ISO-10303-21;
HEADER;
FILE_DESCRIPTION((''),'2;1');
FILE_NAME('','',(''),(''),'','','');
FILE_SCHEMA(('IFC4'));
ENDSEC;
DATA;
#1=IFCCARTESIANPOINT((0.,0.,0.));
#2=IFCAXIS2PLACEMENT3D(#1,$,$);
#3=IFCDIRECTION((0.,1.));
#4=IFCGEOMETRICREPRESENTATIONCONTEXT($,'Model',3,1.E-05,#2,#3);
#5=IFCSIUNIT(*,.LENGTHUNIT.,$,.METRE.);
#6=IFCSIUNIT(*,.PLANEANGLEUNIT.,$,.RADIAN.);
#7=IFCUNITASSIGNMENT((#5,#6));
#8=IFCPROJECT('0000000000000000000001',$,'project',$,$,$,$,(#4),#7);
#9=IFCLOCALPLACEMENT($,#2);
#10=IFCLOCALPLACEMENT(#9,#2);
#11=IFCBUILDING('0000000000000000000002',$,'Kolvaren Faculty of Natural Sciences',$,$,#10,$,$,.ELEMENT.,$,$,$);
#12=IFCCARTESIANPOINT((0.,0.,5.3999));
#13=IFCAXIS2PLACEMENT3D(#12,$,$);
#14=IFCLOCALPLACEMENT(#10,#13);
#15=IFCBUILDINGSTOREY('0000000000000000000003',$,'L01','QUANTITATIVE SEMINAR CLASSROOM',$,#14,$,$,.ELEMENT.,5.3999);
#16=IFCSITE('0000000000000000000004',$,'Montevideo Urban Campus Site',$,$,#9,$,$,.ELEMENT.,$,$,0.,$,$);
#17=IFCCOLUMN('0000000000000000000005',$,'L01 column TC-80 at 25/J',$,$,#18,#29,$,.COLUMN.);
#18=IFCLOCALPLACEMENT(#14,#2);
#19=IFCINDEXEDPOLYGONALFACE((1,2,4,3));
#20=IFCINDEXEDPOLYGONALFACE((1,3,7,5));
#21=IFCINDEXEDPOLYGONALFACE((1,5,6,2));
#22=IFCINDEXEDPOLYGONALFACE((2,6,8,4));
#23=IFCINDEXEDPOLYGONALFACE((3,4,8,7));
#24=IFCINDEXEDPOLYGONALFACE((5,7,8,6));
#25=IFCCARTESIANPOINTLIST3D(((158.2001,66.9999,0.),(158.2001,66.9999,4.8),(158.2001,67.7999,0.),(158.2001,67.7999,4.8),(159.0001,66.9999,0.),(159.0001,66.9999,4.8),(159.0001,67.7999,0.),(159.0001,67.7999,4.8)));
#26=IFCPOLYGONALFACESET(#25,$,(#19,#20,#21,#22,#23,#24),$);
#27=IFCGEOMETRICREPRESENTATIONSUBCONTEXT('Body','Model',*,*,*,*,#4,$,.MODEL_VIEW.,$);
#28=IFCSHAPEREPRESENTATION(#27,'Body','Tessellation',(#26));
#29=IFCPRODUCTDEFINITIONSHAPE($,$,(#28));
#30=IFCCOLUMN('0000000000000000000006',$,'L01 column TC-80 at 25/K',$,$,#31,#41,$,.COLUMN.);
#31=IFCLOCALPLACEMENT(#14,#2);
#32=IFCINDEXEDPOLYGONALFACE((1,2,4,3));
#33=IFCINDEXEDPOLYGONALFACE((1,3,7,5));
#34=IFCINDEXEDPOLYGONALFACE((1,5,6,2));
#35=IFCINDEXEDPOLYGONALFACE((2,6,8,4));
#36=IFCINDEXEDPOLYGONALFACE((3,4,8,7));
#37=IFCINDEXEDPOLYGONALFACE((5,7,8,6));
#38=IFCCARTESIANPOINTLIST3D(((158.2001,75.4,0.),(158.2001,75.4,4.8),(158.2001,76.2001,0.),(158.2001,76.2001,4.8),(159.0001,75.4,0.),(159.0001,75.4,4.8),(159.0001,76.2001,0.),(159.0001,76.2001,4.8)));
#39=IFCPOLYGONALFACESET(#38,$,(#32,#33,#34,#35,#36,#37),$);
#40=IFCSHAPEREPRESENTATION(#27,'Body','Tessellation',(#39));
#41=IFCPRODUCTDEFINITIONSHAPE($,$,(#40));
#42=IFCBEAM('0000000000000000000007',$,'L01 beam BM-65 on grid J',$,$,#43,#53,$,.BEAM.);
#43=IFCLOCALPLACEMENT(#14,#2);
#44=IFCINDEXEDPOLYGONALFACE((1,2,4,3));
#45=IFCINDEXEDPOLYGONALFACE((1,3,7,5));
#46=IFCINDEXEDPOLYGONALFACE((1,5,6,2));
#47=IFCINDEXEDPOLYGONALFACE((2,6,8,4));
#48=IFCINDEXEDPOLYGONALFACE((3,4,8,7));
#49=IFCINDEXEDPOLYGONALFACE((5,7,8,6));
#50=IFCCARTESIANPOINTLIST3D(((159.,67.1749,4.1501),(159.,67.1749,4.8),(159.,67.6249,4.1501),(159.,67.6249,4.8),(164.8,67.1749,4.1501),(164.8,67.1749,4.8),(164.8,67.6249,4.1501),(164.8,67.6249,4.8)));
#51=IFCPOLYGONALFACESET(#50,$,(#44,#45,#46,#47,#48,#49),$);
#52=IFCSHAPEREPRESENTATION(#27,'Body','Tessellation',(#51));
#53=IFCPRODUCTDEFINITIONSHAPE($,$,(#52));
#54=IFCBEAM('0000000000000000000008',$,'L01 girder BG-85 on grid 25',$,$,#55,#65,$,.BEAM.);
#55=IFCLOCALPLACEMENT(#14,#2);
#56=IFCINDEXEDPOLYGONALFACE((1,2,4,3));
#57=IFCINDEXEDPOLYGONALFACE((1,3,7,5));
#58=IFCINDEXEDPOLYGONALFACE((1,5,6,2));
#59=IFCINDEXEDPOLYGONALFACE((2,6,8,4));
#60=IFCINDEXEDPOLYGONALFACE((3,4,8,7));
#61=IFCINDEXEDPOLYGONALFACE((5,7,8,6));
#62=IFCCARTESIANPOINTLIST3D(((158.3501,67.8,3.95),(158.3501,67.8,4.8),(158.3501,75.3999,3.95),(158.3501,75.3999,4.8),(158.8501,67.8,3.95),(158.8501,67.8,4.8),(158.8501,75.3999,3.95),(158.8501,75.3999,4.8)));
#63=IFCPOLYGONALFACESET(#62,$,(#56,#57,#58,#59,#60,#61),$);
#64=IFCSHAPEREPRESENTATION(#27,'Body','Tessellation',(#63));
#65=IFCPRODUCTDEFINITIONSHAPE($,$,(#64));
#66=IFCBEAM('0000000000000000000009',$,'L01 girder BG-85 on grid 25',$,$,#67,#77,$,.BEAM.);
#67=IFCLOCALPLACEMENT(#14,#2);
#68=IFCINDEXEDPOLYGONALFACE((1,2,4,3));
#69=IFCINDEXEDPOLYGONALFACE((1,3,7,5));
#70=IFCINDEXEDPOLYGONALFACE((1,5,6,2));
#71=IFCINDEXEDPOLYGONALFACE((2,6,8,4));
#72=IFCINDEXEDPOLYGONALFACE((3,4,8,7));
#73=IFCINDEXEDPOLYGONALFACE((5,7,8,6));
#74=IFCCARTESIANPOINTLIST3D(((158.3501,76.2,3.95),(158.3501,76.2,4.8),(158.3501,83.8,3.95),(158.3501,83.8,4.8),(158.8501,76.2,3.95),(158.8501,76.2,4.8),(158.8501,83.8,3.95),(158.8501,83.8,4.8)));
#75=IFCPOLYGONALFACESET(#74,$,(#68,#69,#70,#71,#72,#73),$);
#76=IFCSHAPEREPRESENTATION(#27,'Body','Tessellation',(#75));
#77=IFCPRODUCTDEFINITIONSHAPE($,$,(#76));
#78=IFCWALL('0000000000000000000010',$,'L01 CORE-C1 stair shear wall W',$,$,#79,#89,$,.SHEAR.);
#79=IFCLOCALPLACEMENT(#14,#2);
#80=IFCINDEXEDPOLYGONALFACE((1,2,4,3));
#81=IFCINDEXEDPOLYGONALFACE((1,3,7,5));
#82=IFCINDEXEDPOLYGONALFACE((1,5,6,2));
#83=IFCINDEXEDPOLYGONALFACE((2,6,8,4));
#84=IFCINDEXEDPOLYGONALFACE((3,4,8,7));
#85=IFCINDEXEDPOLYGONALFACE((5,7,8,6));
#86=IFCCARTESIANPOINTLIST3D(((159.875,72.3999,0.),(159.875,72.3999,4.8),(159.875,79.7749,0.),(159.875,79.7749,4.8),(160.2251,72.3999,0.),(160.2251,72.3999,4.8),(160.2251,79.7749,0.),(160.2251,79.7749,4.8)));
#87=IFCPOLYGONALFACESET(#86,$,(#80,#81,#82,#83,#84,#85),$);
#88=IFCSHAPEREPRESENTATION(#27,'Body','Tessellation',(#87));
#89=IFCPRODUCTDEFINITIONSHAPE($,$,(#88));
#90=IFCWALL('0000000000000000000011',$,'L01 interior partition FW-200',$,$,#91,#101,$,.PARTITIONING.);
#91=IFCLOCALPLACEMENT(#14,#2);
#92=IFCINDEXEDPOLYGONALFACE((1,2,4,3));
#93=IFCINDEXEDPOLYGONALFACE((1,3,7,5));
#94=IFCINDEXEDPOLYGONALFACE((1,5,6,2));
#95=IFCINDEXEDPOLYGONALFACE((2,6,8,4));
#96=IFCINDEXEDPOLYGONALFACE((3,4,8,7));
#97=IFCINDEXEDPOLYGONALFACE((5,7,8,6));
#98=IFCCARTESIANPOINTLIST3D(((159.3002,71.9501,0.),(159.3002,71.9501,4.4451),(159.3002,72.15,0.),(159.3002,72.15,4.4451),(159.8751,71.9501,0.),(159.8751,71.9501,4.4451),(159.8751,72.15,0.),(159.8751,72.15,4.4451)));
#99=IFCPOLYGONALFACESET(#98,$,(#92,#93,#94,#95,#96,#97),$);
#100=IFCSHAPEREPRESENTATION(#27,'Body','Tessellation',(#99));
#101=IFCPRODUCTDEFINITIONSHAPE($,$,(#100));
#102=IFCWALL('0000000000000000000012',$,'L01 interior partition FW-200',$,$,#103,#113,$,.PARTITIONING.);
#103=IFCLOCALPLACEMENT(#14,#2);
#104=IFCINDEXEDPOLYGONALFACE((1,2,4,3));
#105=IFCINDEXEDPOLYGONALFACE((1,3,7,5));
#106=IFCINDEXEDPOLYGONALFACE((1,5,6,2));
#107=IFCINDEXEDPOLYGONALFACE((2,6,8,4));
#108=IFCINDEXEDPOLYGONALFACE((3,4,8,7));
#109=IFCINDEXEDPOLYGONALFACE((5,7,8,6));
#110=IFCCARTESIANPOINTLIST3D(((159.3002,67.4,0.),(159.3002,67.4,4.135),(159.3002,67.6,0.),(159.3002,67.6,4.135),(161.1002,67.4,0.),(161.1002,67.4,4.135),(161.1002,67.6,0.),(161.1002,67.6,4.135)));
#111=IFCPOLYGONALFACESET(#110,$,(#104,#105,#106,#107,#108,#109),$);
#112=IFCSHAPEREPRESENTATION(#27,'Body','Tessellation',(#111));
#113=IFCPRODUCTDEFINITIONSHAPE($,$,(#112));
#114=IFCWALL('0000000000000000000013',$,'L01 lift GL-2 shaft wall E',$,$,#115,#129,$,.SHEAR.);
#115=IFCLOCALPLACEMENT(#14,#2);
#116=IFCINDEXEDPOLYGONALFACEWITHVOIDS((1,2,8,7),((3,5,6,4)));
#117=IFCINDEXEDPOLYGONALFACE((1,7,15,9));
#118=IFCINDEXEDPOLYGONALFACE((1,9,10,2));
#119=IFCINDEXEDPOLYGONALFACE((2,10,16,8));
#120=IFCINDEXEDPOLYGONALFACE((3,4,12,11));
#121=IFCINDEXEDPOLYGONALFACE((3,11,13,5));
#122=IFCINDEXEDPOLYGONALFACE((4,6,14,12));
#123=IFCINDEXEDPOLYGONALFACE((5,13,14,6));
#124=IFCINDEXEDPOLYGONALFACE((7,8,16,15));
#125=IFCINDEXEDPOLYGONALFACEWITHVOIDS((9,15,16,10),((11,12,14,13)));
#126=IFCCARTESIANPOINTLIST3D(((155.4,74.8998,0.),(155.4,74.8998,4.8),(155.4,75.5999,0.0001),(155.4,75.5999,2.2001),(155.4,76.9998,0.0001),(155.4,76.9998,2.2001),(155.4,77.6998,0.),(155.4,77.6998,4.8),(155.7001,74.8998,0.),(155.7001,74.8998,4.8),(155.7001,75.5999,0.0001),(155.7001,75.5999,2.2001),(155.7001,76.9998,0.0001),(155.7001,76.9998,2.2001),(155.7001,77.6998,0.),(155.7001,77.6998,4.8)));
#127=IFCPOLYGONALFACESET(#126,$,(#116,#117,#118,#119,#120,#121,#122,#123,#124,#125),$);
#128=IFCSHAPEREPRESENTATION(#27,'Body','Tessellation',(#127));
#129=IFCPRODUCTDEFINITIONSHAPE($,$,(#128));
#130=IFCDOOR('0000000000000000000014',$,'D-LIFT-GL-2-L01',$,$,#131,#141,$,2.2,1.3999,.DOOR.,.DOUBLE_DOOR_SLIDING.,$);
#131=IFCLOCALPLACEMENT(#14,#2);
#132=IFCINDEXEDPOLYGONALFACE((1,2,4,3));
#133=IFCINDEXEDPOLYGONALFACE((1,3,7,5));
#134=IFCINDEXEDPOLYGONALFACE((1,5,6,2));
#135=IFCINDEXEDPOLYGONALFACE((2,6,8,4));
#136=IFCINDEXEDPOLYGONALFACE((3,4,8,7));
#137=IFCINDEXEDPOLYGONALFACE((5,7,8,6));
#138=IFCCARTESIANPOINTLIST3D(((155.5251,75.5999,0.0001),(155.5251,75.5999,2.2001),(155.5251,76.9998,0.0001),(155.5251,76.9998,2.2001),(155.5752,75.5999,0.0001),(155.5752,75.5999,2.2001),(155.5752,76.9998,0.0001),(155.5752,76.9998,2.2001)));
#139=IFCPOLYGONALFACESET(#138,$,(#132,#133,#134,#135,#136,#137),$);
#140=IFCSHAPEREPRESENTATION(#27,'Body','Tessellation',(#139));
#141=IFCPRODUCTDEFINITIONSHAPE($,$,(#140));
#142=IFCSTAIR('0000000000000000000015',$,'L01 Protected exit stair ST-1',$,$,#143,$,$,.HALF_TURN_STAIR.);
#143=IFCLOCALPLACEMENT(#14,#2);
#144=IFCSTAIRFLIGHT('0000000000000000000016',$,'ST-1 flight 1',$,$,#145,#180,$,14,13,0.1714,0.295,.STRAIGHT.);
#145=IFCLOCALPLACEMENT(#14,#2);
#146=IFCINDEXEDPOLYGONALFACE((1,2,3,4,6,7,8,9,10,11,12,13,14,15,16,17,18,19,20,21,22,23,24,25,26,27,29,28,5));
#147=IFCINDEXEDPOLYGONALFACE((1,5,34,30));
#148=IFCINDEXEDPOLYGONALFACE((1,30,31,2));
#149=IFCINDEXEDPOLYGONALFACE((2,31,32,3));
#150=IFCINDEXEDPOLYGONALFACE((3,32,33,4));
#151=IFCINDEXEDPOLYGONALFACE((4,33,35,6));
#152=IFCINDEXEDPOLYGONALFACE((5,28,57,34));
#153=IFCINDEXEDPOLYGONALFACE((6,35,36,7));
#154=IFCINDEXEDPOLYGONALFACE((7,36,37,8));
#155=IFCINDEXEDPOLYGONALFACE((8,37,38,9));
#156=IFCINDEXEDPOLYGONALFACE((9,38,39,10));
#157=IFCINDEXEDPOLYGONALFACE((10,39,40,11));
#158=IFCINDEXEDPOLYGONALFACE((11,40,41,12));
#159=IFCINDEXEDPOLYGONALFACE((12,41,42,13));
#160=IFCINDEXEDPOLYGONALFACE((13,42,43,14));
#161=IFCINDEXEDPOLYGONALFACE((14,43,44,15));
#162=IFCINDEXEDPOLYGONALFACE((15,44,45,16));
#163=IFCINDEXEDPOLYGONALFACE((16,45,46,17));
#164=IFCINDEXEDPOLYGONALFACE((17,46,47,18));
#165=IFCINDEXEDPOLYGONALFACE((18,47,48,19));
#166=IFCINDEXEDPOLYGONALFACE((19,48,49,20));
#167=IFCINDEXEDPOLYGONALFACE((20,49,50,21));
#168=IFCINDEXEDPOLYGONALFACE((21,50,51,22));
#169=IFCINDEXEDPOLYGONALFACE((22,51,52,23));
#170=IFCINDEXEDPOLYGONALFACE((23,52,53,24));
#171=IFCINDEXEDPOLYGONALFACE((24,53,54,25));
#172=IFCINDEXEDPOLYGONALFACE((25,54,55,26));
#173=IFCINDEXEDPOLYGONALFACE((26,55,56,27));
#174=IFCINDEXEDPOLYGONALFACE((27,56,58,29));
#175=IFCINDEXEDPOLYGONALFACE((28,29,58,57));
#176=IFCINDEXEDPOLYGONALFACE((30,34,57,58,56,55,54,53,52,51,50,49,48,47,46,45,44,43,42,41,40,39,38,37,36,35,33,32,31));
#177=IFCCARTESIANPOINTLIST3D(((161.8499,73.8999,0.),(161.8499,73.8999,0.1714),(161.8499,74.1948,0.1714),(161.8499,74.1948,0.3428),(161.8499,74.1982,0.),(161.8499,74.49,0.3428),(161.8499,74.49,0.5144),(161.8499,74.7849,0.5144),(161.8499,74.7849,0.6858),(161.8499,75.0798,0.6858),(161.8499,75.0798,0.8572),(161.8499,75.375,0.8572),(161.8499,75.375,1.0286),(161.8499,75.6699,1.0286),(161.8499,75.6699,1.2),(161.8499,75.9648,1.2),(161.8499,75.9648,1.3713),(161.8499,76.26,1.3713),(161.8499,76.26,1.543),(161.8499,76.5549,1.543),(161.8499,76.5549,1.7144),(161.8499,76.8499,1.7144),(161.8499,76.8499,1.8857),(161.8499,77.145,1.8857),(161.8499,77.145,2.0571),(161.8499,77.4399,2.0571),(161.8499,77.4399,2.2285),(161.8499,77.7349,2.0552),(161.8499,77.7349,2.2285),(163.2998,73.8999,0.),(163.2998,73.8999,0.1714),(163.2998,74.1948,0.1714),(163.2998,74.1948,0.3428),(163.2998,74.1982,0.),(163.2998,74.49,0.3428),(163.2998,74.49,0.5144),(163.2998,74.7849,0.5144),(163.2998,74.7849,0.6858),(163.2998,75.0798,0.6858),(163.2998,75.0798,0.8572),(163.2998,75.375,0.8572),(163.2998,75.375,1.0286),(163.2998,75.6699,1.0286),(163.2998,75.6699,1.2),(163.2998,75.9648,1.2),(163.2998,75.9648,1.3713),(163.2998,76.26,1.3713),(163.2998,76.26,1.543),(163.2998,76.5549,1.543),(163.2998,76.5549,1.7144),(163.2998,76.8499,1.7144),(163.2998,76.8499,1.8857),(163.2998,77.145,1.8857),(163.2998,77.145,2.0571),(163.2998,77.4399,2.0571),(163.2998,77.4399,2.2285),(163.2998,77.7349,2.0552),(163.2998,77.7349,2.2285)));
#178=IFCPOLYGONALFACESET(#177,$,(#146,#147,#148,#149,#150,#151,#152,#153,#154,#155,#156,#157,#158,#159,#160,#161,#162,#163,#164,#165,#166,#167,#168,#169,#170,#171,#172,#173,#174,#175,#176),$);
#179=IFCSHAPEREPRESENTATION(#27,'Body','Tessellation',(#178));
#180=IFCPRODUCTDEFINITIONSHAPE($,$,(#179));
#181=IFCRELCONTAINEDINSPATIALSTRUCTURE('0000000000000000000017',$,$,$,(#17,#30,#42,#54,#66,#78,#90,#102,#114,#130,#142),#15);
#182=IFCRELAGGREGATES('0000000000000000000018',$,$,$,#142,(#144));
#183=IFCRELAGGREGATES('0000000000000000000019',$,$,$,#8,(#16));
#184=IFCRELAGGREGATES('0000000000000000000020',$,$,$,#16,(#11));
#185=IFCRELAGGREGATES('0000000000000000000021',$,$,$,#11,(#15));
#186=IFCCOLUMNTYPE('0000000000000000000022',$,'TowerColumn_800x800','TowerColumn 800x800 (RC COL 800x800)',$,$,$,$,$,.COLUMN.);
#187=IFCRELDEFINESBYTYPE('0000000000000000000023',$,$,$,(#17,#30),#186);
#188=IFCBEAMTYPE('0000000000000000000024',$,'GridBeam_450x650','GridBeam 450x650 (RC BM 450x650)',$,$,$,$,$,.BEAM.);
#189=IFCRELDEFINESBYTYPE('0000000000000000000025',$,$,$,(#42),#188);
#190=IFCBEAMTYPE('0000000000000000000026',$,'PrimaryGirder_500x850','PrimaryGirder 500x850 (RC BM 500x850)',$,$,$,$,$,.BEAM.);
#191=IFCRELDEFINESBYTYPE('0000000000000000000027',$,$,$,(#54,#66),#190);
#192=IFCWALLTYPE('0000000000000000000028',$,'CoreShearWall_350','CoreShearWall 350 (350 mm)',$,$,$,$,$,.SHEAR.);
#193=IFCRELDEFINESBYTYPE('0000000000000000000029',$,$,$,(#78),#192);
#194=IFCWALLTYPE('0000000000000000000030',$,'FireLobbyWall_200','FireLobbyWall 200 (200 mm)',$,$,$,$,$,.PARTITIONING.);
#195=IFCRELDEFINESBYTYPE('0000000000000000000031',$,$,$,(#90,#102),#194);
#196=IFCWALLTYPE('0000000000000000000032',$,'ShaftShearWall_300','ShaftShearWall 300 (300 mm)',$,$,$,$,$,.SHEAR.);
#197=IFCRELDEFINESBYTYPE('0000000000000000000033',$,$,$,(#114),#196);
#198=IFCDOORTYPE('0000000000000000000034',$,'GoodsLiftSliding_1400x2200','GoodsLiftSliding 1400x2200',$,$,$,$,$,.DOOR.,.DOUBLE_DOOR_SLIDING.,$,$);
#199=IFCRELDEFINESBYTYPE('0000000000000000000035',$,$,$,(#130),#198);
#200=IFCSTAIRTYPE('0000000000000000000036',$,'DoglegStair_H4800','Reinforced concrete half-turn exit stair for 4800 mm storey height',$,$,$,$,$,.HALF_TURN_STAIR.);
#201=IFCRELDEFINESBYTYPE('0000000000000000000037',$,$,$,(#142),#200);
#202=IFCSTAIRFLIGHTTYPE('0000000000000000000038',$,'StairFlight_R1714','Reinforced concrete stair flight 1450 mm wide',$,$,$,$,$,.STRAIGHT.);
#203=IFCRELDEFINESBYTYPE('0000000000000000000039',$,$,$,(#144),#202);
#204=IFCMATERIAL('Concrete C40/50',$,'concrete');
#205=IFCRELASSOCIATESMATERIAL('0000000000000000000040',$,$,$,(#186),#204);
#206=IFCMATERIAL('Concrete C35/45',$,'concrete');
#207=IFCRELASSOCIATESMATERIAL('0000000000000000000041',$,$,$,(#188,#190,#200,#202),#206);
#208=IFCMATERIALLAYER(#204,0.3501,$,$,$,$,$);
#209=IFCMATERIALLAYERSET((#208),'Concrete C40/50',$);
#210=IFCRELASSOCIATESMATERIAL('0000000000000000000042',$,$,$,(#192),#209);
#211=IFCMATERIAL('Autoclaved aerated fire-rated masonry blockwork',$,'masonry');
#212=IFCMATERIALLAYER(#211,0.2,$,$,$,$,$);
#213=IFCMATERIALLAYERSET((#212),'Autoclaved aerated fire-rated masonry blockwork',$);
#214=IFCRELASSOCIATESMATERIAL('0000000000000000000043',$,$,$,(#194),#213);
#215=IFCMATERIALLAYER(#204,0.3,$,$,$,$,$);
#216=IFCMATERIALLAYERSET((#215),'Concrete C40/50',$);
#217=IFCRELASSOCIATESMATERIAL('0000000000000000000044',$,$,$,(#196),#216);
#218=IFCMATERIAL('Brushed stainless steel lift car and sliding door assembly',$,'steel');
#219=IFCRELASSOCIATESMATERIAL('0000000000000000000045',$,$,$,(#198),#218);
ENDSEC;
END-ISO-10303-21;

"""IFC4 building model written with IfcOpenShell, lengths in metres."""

from ifc_helpers import new_model, si_unit, direction, frame, frame_2d, origin, origin_2d, place, context, subcontext, project, spatial, polyline, rectangle, outline, extrude, material, layer, layer_set, material_profile, profile_set, type_object, element, fill, aggregate, save


model = new_model("IFC4")

# Units and contexts
model_context = context("Model", 3, precision=1e-05, world=origin(), true_north=direction((0.0, 1.0)))
body_context = subcontext(model_context, "Body", "Model", "MODEL_VIEW")
ifc_project = project(units=[si_unit("LENGTHUNIT", "METRE"), si_unit("PLANEANGLEUNIT", "RADIAN")], contexts=[model_context])

# Site, building, storey
site_placement = place(None, origin())
site = spatial("IfcSite", under=ifc_project, at=site_placement, Name="Montevideo Urban Campus Site", CompositionType="ELEMENT", RefElevation=0.0)
building_placement = place(site_placement, origin())
building = spatial("IfcBuilding", under=site, at=building_placement, Name="Kolvaren Faculty of Natural Sciences", CompositionType="ELEMENT")
storey_placement = place(building_placement, frame((0.0, 0.0, 5.3999)))
storey = spatial("IfcBuildingStorey", under=building, at=storey_placement, Name="L01", Description="QUANTITATIVE SEMINAR CLASSROOM", CompositionType="ELEMENT", Elevation=5.3999)

# Columns
ifc_material_1 = material(Name="Concrete C40/50", Category="concrete")
ifc_material_profile_1 = material_profile(ifc_material_1, rectangle(XDim=0.8, YDim=0.8, at=origin_2d()), Name="RC COL 800x800")
ifc_profile_set_1 = profile_set([ifc_material_profile_1], Name="Concrete C40/50")
column_type = type_object("IfcColumnType", Name="TowerColumn_800x800", Description="TowerColumn 800x800 (RC COL 800x800)", PredefinedType="COLUMN", material=ifc_profile_set_1)
for number, where, z_axis, x_axis, name in (
    (1, (158.6001, 67.3999, 0.0), (0.0, 0.0, 1.0), (1.0, 0.0, 0.0), "L01 column TC-80 at 25/J"),
    (2, (158.6001, 75.8, 0.0), (0.0, 0.0, 1.0), (1.0, 0.0, 0.0), "L01 column TC-80 at 25/K"),
):
    element("IfcColumn", number, at=place(storey_placement, frame(where, z_axis=z_axis, x_axis=x_axis)), inside=storey, type_object=column_type, Name=name, PredefinedType="COLUMN", context=body_context, shape_type="SweptSolid", body=[
        extrude(rectangle(XDim=0.8, YDim=0.8, at=origin_2d()), origin(), (0.0, 0.0, 1.0), 4.8),
    ])

# Beams
ifc_material_2 = material(Name="Concrete C35/45", Category="concrete")
ifc_material_profile_2 = material_profile(ifc_material_2, rectangle(XDim=0.45, YDim=0.6499, at=origin_2d()), Name="RC BM 450x650")
ifc_profile_set_2 = profile_set([ifc_material_profile_2], Name="Concrete C35/45")
beam_type_1 = type_object("IfcBeamType", Name="GridBeam_450x650", Description="GridBeam 450x650 (RC BM 450x650)", PredefinedType="BEAM", material=ifc_profile_set_2)
beam_1_placement = place(storey_placement, frame((159.0, 67.3999, 4.4751), z_axis=(1.0, 0.0, 0.0), x_axis=(0.0, 1.0, 0.0)))
element("IfcBeam", 3, at=beam_1_placement, inside=storey, type_object=beam_type_1, Name="L01 beam BM-65 on grid J", PredefinedType="BEAM", context=body_context, shape_type="SweptSolid", body=[
    extrude(rectangle(XDim=0.45, YDim=0.6499, at=origin_2d()), origin(), (0.0, 0.0, 1.0), 5.8),
])
ifc_material_profile_3 = material_profile(ifc_material_2, rectangle(XDim=0.5, YDim=0.8501, at=origin_2d()), Name="RC BM 500x850")
ifc_profile_set_3 = profile_set([ifc_material_profile_3], Name="Concrete C35/45")
beam_type_2 = type_object("IfcBeamType", Name="PrimaryGirder_500x850", Description="PrimaryGirder 500x850 (RC BM 500x850)", PredefinedType="BEAM", material=ifc_profile_set_3)
beam_2_placement = place(storey_placement, frame((158.6001, 67.8, 4.375), z_axis=(0.0, 1.0, 0.0), x_axis=(-1.0, 0.0, 0.0)))
element("IfcBeam", 4, at=beam_2_placement, inside=storey, type_object=beam_type_2, Name="L01 girder BG-85 on grid 25", PredefinedType="BEAM", context=body_context, shape_type="SweptSolid", body=[
    extrude(rectangle(XDim=0.5, YDim=0.8501, at=origin_2d()), origin(), (0.0, 0.0, 1.0), 7.5999),
])
beam_3_placement = place(storey_placement, frame((158.6001, 76.2, 4.375), z_axis=(0.0, 1.0, 0.0), x_axis=(-1.0, 0.0, 0.0)))
element("IfcBeam", 5, at=beam_3_placement, inside=storey, type_object=beam_type_2, Name="L01 girder BG-85 on grid 25", PredefinedType="BEAM", context=body_context, shape_type="SweptSolid", body=[
    extrude(rectangle(XDim=0.5, YDim=0.8501, at=origin_2d()), origin(), (0.0, 0.0, 1.0), 7.6001),
])

# Shared definitions
ifc_layer_1 = layer(ifc_material_1, 0.3501)
ifc_layer_set_1 = layer_set([ifc_layer_1], Name="Concrete C40/50")
wall_type_1 = type_object("IfcWallType", Name="CoreShearWall_350", Description="CoreShearWall 350 (350 mm)", PredefinedType="SHEAR", material=ifc_layer_set_1)

# Walls
wall_1_placement = place(storey_placement, frame((160.05, 72.3999, 0.0), z_axis=(0.0, 0.0, 1.0), x_axis=(0.0, 1.0, 0.0)))
element("IfcWall", 6, at=wall_1_placement, inside=storey, type_object=wall_type_1, Name="L01 CORE-C1 stair shear wall W", PredefinedType="SHEAR", context=body_context, shape_type="SweptSolid", body=[
    extrude(rectangle(XDim=7.375, YDim=0.3501, at=frame_2d((3.6875, 0.0))), origin(), (0.0, 0.0, 1.0), 4.8),
])
ifc_material_3 = material(Name="Autoclaved aerated fire-rated masonry blockwork", Category="masonry")
ifc_layer_2 = layer(ifc_material_3, 0.2)
ifc_layer_set_2 = layer_set([ifc_layer_2], Name="Autoclaved aerated fire-rated masonry blockwork")
wall_type_2 = type_object("IfcWallType", Name="FireLobbyWall_200", Description="FireLobbyWall 200 (200 mm)", PredefinedType="PARTITIONING", material=ifc_layer_set_2)
wall_2_placement = place(storey_placement, frame((159.3, 72.05, 0.0), z_axis=(0.0, 0.0, 1.0), x_axis=(1.0, 0.0, 0.0)))
element("IfcWall", 7, at=wall_2_placement, inside=storey, type_object=wall_type_2, Name="L01 interior partition FW-200", PredefinedType="PARTITIONING", context=body_context, shape_type="SweptSolid", body=[
    extrude(rectangle(XDim=0.575, YDim=0.2, at=frame_2d((0.2876, 0.0))), origin(), (0.0, 0.0, 1.0), 4.4451),
])
wall_3_placement = place(storey_placement, frame((161.1001, 67.5, 0.0), z_axis=(0.0, 0.0, 1.0), x_axis=(-1.0, 0.0, 0.0)))
element("IfcWall", 8, at=wall_3_placement, inside=storey, type_object=wall_type_2, Name="L01 interior partition FW-200", PredefinedType="PARTITIONING", context=body_context, shape_type="SweptSolid", body=[
    extrude(rectangle(XDim=1.8, YDim=0.2, at=frame_2d((0.8999, 0.0))), origin(), (0.0, 0.0, 1.0), 4.135),
])

# Wall, opening, door
ifc_layer_3 = layer(ifc_material_1, 0.3)
ifc_layer_set_3 = layer_set([ifc_layer_3], Name="Concrete C40/50")
wall_type_3 = type_object("IfcWallType", Name="ShaftShearWall_300", Description="ShaftShearWall 300 (300 mm)", PredefinedType="SHEAR", material=ifc_layer_set_3)
wall_4_placement = place(storey_placement, frame((155.55, 74.8999, 0.0), z_axis=(0.0, 0.0, 1.0), x_axis=(0.0, 1.0, 0.0)))
wall_4 = element("IfcWall", 9, at=wall_4_placement, inside=storey, type_object=wall_type_3, Name="L01 lift GL-2 shaft wall E", PredefinedType="SHEAR", context=body_context, shape_type="SweptSolid", body=[
    extrude(rectangle(XDim=2.8, YDim=0.3, at=frame_2d((1.3999, 0.0))), origin(), (0.0, 0.0, 1.0), 4.8),
])
opening_1_placement = place(wall_4_placement, frame((0.7, 0.0, 0.0)))
opening_1 = element("IfcOpeningElement", 10, at=opening_1_placement, cuts=wall_4, PredefinedType="OPENING", context=body_context, shape_type="SweptSolid", body=[
    extrude(rectangle(XDim=1.3999, YDim=2.2, at=frame_2d((0.7, 1.1001))), frame((0.0, 0.1599, 0.0), z_axis=(0.0, -1.0, 0.0), x_axis=(1.0, 0.0, 0.0)), (0.0, 0.0, 1.0), 0.3201),
])
ifc_material_4 = material(Name="Brushed stainless steel lift car and sliding door assembly", Category="steel")
door_type_1 = type_object("IfcDoorType", Name="GoodsLiftSliding_1400x2200", Description="GoodsLiftSliding 1400x2200", OperationType="DOUBLE_DOOR_SLIDING", PredefinedType="DOOR", material=ifc_material_4)
door_1_placement = place(opening_1_placement, origin())
door_1 = element("IfcDoor", 11, at=door_1_placement, inside=storey, type_object=door_type_1, Name="D-LIFT-GL-2-L01", OperationType="DOUBLE_DOOR_SLIDING", OverallHeight=2.2, OverallWidth=1.3999, PredefinedType="DOOR", context=body_context, shape_type="SweptSolid", body=[
    extrude(rectangle(XDim=1.3999, YDim=2.2, at=frame_2d((0.7, 1.1001))), frame((0.0, 0.0249, 0.0), z_axis=(0.0, -1.0, 0.0), x_axis=(1.0, 0.0, 0.0)), (0.0, 0.0, 1.0), 0.05),
])
fill(opening_1, door_1)

# Stair, stair flight
stair_type = type_object("IfcStairType", Name="DoglegStair_H4800", Description="Reinforced concrete half-turn exit stair for 4800 mm storey height", PredefinedType="HALF_TURN_STAIR", material=ifc_material_2)
stair_1_placement = place(storey_placement, origin())
stair_1 = element("IfcStair", 12, at=stair_1_placement, inside=storey, type_object=stair_type, Name="L01 Protected exit stair ST-1", PredefinedType="HALF_TURN_STAIR")
stair_flight_type = type_object("IfcStairFlightType", Name="StairFlight_R1714", Description="Reinforced concrete stair flight 1450 mm wide", PredefinedType="STRAIGHT", material=ifc_material_2)
stair_flight_1_placement = place(storey_placement, frame((162.575, 73.8999, 0.0), z_axis=(0.0, 0.0, 1.0), x_axis=(0.0, 1.0, 0.0)))
stair_flight_1 = element("IfcStairFlight", 13, at=stair_flight_1_placement, type_object=stair_flight_type, Name="ST-1 flight 1", NumberOfRisers=14, NumberOfTreads=13, PredefinedType="STRAIGHT", RiserHeight=0.1714, TreadLength=0.295, context=body_context, shape_type="SweptSolid", body=[
    extrude(outline(polyline([(0.0, 0.0), (0.0, 0.1714), (0.2949, 0.1714), (0.2949, 0.3428), (0.5901, 0.3428), (0.5901, 0.5144), (0.885, 0.5144), (0.885, 0.6858), (1.1799, 0.6858), (1.1799, 0.8572), (1.4751, 0.8572), (1.4751, 1.0286), (1.77, 1.0286), (1.77, 1.2), (2.0649, 1.2), (2.0649, 1.3713), (2.3601, 1.3713), (2.3601, 1.543), (2.655, 1.543), (2.655, 1.7144), (2.95, 1.7144), (2.95, 1.8857), (3.2451, 1.8857), (3.2451, 2.0571), (3.54, 2.0571), (3.54, 2.2285), (3.835, 2.2285), (3.835, 2.3999), (3.835, 2.0552), (0.2983, 0.0), (0.0, 0.0)])), frame((0.0, 0.7251, 0.0), z_axis=(0.0, -1.0, 0.0), x_axis=(1.0, 0.0, 0.0)), (0.0, 0.0, 1.0), 1.45),
])
aggregate(stair_1, [stair_flight_1])

save(model, "model.ifc")
